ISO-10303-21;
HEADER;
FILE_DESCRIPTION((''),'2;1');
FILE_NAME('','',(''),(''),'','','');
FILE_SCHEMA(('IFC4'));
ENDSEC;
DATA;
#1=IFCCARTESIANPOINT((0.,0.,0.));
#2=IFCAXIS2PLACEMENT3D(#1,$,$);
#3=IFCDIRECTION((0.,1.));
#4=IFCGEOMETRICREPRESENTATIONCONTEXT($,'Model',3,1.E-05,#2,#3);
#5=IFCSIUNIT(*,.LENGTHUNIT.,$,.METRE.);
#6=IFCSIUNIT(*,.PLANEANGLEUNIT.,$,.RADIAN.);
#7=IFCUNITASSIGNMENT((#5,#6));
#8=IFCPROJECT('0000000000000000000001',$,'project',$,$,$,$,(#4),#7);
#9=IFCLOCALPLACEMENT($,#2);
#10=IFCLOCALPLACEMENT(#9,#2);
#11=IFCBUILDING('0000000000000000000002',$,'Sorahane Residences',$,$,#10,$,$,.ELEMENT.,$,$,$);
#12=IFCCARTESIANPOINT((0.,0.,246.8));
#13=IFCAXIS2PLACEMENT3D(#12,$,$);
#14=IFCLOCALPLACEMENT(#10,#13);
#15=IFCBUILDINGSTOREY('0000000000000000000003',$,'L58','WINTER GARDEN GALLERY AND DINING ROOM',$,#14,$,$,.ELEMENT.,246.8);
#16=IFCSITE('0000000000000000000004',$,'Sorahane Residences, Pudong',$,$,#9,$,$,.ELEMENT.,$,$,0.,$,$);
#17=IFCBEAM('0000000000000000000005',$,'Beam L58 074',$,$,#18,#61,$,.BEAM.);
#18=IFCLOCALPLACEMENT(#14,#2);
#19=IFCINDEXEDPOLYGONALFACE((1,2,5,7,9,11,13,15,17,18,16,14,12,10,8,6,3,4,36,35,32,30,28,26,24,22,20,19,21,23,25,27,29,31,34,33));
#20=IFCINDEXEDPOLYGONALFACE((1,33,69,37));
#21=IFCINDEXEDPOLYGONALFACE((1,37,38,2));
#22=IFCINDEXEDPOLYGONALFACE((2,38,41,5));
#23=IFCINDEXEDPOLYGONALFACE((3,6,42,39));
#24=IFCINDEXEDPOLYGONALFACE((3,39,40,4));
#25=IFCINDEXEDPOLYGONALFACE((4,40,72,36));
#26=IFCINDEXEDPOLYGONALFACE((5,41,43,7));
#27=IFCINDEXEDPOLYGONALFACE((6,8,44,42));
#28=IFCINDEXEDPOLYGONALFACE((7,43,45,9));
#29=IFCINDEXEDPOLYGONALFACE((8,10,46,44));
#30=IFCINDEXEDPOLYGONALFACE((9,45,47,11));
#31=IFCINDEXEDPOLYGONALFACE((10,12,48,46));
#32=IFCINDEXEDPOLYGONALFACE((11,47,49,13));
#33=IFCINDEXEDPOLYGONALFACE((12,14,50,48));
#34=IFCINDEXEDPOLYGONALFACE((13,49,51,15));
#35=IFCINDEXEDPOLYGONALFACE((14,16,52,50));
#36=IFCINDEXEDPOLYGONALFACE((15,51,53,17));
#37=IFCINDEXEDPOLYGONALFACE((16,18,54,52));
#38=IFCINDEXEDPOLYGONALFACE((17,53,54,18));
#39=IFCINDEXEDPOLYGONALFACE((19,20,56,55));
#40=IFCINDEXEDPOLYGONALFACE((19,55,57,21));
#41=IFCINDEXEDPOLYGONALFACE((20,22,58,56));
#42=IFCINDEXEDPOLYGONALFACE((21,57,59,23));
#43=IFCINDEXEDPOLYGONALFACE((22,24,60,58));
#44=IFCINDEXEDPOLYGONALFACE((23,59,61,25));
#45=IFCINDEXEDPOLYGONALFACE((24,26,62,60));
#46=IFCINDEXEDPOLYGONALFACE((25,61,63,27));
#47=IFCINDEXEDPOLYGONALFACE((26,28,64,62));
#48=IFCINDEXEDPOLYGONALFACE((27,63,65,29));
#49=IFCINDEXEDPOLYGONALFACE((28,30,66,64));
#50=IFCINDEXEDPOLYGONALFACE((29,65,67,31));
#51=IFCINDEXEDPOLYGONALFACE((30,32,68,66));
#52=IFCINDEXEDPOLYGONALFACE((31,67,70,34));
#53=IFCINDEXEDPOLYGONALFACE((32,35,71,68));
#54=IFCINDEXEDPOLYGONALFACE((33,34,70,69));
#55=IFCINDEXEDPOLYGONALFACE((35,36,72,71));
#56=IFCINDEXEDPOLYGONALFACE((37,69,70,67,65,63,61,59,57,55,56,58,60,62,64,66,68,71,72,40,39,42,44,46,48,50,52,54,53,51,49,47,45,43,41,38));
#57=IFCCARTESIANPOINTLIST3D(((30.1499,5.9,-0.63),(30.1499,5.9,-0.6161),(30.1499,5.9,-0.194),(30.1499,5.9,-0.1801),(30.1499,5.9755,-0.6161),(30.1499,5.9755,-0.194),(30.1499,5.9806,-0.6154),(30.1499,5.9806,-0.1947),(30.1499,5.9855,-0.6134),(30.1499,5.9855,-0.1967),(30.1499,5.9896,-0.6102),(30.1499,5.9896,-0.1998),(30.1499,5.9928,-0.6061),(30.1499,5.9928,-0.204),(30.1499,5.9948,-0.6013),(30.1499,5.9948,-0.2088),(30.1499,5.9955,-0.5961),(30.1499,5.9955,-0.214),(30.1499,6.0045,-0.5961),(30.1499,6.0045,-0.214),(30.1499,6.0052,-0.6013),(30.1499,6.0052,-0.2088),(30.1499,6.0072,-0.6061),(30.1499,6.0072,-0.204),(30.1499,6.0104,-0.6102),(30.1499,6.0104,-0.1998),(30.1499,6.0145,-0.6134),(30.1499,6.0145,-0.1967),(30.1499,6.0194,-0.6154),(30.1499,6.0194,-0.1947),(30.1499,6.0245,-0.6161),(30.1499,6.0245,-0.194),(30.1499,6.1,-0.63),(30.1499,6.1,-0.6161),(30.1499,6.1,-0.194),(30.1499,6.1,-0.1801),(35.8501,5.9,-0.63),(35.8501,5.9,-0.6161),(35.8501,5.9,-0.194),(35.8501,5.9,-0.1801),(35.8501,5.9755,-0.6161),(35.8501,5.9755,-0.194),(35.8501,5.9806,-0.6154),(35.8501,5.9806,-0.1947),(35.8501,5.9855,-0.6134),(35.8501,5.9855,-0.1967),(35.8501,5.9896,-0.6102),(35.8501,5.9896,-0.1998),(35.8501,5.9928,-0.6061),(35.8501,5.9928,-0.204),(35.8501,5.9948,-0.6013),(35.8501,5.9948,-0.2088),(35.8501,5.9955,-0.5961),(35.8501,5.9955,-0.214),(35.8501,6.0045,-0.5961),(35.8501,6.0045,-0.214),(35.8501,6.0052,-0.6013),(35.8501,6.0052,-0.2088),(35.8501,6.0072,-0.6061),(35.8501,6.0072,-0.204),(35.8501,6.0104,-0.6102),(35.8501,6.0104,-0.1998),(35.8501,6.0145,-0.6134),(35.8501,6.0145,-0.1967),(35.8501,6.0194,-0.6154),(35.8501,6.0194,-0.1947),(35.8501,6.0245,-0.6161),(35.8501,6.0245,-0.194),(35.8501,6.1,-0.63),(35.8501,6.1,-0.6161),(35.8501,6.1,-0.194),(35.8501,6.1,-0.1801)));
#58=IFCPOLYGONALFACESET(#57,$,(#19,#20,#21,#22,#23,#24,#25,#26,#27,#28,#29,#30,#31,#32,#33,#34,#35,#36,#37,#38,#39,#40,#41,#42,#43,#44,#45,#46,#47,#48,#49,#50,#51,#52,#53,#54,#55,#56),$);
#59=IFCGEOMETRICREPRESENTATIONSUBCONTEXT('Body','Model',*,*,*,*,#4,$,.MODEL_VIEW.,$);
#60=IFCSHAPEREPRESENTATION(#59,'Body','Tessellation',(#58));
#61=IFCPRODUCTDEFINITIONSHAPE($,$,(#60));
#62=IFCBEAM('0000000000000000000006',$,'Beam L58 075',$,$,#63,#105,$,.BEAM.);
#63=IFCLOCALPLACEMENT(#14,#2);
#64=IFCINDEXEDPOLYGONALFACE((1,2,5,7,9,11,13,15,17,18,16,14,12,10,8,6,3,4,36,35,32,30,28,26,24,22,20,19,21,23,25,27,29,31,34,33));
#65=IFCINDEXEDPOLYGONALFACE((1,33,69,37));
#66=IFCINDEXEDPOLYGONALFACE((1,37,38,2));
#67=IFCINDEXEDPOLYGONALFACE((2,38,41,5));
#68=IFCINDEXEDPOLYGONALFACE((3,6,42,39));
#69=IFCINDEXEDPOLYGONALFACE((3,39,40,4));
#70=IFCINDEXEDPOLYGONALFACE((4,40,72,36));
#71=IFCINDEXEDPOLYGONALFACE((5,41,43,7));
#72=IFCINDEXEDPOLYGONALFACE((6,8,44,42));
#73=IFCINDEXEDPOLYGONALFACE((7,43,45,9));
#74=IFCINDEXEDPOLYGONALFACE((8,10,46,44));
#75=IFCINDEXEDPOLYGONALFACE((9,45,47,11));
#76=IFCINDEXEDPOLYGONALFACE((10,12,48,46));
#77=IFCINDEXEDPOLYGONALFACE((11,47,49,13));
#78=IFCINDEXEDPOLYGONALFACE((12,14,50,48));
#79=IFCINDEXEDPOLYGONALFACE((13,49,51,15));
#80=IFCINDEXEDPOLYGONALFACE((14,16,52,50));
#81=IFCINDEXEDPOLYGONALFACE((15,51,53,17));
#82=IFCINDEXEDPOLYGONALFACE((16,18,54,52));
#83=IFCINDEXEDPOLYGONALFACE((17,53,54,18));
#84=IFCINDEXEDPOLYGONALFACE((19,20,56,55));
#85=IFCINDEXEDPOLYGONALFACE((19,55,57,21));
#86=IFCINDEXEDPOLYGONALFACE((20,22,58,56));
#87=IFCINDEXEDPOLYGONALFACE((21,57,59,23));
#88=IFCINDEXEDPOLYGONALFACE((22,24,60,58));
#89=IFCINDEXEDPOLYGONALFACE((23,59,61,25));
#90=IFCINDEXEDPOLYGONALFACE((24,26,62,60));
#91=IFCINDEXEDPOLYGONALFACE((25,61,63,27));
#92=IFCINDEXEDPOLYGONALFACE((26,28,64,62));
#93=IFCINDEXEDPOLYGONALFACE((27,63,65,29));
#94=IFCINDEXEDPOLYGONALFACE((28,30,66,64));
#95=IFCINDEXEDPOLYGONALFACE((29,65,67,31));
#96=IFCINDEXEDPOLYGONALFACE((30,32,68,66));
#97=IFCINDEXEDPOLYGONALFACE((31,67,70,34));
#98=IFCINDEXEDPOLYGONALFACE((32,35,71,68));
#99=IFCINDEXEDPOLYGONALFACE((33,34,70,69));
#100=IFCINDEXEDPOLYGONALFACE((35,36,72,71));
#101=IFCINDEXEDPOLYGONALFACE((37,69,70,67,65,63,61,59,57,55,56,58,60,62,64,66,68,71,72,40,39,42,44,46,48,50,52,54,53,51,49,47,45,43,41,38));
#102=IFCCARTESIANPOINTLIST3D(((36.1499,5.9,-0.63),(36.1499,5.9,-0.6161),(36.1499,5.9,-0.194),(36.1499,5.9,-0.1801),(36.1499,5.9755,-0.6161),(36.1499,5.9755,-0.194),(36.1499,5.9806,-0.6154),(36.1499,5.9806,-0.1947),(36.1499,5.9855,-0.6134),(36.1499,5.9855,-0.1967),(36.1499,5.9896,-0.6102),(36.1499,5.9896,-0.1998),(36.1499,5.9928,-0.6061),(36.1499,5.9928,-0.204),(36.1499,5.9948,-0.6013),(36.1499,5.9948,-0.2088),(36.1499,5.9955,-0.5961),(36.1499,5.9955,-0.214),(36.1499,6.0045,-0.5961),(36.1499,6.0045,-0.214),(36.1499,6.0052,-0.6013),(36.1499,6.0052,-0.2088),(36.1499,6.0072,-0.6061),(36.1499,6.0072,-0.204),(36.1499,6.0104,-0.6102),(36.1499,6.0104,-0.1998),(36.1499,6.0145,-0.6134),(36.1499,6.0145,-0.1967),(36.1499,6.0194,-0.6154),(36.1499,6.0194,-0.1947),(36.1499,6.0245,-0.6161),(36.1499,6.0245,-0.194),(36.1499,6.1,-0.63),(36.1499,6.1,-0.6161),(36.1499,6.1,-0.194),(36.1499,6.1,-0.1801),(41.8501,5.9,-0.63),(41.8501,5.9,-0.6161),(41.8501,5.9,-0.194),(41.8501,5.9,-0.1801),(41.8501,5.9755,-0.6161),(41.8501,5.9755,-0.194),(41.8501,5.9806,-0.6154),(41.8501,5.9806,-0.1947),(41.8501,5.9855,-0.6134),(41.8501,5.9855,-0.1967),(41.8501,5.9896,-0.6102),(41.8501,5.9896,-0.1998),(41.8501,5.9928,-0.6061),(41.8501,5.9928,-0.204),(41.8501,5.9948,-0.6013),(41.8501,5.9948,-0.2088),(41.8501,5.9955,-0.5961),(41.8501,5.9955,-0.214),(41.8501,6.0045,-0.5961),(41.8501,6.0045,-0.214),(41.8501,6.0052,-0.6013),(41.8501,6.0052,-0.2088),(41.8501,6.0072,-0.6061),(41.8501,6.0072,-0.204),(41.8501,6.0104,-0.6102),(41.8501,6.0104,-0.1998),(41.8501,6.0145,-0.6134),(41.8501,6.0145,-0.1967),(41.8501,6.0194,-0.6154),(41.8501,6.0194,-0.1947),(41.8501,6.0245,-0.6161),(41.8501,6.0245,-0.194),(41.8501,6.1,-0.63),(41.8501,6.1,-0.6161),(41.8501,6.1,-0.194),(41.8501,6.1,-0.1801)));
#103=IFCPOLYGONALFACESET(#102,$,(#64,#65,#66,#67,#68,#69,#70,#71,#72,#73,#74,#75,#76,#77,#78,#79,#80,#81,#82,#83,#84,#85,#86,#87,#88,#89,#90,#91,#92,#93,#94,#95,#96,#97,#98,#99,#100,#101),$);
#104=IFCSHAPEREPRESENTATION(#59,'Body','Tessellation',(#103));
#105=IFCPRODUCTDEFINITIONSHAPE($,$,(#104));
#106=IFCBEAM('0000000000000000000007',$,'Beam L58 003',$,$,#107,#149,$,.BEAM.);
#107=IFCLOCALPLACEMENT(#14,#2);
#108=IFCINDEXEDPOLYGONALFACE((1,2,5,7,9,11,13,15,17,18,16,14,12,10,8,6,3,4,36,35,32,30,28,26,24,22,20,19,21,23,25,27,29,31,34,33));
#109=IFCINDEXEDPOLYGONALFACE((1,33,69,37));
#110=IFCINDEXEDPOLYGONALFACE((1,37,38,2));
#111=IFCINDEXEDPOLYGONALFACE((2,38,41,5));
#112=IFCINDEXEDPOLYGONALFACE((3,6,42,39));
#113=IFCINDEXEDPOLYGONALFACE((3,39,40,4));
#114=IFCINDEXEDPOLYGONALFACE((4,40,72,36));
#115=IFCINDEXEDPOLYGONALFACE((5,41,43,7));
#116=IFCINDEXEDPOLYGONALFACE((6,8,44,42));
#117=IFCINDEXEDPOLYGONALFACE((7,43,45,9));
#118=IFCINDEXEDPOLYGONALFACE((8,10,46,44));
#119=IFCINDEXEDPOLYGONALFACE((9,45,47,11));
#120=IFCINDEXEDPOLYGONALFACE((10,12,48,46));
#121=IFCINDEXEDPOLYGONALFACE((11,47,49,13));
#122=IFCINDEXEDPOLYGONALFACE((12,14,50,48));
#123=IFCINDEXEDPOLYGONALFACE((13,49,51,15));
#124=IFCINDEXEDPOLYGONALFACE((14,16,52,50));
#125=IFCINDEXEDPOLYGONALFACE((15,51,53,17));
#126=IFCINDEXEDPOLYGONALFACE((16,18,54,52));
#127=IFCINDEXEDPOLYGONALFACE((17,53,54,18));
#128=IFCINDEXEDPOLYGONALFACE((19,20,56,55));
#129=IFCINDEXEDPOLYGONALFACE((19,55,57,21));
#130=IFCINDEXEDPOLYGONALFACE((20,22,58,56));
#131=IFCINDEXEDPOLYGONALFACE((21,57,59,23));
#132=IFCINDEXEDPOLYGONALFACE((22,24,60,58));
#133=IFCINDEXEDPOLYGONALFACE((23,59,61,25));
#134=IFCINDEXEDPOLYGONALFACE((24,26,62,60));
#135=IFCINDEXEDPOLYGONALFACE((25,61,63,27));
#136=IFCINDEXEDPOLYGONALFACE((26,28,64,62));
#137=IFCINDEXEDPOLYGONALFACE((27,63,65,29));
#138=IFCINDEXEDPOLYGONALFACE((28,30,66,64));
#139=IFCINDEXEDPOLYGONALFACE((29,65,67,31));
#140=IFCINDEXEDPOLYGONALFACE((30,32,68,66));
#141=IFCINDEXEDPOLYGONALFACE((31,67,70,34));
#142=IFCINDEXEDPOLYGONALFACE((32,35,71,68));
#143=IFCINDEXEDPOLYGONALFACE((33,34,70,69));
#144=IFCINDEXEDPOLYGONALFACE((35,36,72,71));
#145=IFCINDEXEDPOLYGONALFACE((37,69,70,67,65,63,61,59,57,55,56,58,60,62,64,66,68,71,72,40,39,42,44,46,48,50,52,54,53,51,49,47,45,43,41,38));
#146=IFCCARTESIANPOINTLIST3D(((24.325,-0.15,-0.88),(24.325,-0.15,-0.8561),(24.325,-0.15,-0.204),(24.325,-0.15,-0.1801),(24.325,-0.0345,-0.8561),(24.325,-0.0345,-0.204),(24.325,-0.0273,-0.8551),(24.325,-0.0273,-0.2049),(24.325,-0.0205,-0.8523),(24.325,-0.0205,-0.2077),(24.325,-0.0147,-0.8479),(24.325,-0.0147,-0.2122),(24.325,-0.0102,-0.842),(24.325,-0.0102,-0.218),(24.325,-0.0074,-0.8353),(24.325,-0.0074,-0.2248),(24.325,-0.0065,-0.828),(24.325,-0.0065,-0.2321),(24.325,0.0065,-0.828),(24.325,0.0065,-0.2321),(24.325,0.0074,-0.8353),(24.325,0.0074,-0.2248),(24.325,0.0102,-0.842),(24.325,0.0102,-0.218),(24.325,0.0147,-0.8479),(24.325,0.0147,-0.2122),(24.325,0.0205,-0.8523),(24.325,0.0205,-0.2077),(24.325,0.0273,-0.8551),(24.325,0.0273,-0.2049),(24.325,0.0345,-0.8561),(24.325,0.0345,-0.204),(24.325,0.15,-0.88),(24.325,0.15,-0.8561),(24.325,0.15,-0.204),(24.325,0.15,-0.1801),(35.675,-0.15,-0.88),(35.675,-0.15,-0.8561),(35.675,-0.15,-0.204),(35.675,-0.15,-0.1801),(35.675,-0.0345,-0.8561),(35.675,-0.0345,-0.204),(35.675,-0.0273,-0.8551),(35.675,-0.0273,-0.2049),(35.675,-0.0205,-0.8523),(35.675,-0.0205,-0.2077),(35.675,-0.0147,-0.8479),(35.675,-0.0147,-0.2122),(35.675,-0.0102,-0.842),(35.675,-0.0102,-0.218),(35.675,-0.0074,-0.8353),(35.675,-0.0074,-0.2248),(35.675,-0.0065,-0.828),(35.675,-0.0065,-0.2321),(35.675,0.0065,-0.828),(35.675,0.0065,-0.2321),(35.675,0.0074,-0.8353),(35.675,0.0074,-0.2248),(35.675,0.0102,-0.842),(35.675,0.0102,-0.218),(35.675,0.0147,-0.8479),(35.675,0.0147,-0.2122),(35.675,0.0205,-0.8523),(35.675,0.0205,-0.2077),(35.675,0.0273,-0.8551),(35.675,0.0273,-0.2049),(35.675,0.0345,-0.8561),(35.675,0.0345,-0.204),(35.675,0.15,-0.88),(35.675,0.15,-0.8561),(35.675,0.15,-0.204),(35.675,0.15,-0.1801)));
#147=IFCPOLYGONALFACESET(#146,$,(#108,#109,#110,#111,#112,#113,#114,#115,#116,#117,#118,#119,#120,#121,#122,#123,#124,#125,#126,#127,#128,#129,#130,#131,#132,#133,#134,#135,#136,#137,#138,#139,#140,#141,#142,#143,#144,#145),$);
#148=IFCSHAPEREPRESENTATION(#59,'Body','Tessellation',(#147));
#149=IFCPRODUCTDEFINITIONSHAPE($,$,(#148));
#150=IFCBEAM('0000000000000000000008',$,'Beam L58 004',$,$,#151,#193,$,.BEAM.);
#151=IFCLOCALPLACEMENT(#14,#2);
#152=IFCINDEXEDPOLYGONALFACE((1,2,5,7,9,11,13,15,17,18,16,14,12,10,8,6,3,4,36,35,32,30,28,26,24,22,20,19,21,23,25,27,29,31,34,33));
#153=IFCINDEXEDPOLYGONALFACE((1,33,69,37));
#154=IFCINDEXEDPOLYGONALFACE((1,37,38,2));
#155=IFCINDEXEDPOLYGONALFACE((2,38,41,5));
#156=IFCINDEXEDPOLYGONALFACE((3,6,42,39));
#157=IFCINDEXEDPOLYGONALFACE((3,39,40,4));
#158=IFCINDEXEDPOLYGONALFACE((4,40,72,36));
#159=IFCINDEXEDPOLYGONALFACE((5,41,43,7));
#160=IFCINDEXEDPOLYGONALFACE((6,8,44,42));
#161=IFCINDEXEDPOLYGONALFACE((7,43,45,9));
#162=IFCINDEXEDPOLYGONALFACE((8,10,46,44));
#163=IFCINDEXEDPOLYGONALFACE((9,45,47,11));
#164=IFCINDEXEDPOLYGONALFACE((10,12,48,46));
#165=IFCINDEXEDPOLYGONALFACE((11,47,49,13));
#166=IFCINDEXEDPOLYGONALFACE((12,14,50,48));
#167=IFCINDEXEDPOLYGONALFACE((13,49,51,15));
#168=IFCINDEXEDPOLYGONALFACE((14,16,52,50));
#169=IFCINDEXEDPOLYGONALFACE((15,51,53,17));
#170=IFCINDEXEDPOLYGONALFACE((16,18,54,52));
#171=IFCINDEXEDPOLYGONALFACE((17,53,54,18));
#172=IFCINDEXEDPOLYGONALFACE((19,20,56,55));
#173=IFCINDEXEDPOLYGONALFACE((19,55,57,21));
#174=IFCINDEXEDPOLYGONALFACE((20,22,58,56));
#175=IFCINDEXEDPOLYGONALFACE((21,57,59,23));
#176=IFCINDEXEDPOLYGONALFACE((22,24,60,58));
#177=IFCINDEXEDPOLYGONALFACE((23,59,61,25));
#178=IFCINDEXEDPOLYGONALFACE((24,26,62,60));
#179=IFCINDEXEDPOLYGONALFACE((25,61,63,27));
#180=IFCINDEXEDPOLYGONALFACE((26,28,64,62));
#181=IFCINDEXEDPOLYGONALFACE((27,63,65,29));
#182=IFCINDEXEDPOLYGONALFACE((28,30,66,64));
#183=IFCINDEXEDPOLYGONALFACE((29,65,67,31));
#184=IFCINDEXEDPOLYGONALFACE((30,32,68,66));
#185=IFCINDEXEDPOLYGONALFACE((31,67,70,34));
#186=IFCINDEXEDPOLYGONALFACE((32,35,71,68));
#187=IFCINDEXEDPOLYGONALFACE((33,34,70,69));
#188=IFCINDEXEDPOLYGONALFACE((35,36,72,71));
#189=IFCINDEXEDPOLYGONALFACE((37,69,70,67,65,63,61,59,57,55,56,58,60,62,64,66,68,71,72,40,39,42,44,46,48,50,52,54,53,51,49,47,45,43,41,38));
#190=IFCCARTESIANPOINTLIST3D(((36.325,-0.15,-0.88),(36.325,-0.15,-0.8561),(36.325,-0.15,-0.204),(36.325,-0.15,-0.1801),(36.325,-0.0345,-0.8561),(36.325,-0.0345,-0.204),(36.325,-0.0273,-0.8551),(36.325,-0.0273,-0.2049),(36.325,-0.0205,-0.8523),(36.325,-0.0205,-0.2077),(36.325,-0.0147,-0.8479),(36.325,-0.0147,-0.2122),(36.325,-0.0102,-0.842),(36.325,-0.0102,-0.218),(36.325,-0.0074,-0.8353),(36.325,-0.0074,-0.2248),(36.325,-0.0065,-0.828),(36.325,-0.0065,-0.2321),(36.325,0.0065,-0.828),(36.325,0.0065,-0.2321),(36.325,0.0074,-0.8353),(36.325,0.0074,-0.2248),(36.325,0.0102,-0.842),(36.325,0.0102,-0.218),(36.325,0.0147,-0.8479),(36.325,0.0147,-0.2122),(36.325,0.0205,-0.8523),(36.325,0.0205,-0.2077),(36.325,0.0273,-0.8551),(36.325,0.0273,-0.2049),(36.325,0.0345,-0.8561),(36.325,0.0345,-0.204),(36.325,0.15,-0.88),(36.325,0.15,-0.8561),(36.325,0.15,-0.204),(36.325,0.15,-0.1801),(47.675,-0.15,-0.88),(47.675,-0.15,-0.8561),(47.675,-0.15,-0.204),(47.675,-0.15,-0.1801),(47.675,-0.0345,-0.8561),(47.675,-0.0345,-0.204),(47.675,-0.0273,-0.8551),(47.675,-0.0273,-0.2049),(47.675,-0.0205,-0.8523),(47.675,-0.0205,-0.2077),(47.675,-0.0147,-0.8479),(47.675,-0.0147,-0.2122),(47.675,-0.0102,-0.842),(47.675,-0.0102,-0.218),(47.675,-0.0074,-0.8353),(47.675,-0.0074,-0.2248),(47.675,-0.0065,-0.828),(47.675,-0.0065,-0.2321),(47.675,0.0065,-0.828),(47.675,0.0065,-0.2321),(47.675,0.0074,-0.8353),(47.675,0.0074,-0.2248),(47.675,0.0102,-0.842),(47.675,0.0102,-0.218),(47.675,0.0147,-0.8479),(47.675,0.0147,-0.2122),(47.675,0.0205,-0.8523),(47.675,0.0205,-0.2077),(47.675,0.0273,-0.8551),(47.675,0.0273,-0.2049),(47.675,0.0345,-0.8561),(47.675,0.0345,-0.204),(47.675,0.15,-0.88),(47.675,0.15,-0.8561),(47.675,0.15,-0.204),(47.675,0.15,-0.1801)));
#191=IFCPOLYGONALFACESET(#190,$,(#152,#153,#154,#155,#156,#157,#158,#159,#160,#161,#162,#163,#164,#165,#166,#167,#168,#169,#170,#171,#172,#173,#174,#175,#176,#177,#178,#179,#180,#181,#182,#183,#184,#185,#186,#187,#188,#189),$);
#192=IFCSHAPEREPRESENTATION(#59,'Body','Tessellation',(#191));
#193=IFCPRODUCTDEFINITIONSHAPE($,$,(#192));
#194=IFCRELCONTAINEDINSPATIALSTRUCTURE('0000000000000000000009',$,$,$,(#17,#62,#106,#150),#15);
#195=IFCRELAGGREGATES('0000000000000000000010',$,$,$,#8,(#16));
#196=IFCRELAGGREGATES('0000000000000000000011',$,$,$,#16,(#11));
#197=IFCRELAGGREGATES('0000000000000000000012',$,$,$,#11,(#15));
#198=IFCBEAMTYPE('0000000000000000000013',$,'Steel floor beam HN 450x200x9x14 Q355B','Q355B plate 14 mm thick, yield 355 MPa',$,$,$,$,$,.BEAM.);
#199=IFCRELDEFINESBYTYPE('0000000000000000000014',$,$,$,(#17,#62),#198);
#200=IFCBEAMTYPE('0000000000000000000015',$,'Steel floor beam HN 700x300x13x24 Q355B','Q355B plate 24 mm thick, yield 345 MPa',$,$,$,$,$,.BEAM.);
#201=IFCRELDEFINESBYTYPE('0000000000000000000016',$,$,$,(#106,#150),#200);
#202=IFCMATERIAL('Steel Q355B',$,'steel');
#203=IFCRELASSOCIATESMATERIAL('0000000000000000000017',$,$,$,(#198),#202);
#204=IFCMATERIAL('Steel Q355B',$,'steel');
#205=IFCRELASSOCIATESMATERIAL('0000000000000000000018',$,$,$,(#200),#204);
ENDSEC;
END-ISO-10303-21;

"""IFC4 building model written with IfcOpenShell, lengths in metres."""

from ifc_helpers import new_model, si_unit, direction, frame, origin, origin_2d, place, context, subcontext, project, spatial, i_section, extrude, material, material_profile, profile_set, type_object, element, save


model = new_model("IFC4")

# Units and contexts
model_context = context("Model", 3, precision=1e-05, world=origin(), true_north=direction((0.0, 1.0)))
body_context = subcontext(model_context, "Body", "Model", "MODEL_VIEW")
ifc_project = project(units=[si_unit("LENGTHUNIT", "METRE"), si_unit("PLANEANGLEUNIT", "RADIAN")], contexts=[model_context])

# Site, building, storey
site_placement = place(None, origin())
site = spatial("IfcSite", under=ifc_project, at=site_placement, Name="Sorahane Residences, Pudong", CompositionType="ELEMENT", RefElevation=0.0)
building_placement = place(site_placement, origin())
building = spatial("IfcBuilding", under=site, at=building_placement, Name="Sorahane Residences", CompositionType="ELEMENT")
storey_placement = place(building_placement, frame((0.0, 0.0, 246.8)))
storey = spatial("IfcBuildingStorey", under=building, at=storey_placement, Name="L58", Description="WINTER GARDEN GALLERY AND DINING ROOM", CompositionType="ELEMENT", Elevation=246.8)

# Beams
ifc_material_1 = material(Name="Steel Q355B", Category="steel")
ifc_material_profile_1 = material_profile(ifc_material_1, i_section(OverallWidth=0.2, OverallDepth=0.45, WebThickness=0.009, FlangeThickness=0.0139, FilletRadius=0.02, at=origin_2d()), Name="HN 450x200x9x14")
ifc_profile_set_1 = profile_set([ifc_material_profile_1], Name="Steel Q355B")
beam_type_1 = type_object("IfcBeamType", Name="Steel floor beam HN 450x200x9x14 Q355B", Description="Q355B plate 14 mm thick, yield 355 MPa", PredefinedType="BEAM", material=ifc_profile_set_1)
for number, where, z_axis, x_axis, name in (
    (1, (30.1499, 6.0, -0.405), (1.0, 0.0, 0.0), (0.0, 1.0, 0.0), "Beam L58 074"),
    (2, (36.1499, 6.0, -0.405), (1.0, 0.0, 0.0), (0.0, 1.0, 0.0), "Beam L58 075"),
):
    element("IfcBeam", number, at=place(storey_placement, frame(where, z_axis=z_axis, x_axis=x_axis)), inside=storey, type_object=beam_type_1, Name=name, PredefinedType="BEAM", context=body_context, shape_type="SweptSolid", body=[
        extrude(i_section(OverallWidth=0.2, OverallDepth=0.45, WebThickness=0.009, FlangeThickness=0.0139, FilletRadius=0.02, at=origin_2d()), origin(), (0.0, 0.0, 1.0), 5.7002),
    ])
ifc_material_2 = material(Name="Steel Q355B", Category="steel")
ifc_material_profile_2 = material_profile(ifc_material_2, i_section(OverallWidth=0.3, OverallDepth=0.7, WebThickness=0.0129, FlangeThickness=0.0239, FilletRadius=0.0281, at=origin_2d()), Name="HN 700x300x13x24")
ifc_profile_set_2 = profile_set([ifc_material_profile_2], Name="Steel Q355B")
beam_type_2 = type_object("IfcBeamType", Name="Steel floor beam HN 700x300x13x24 Q355B", Description="Q355B plate 24 mm thick, yield 345 MPa", PredefinedType="BEAM", material=ifc_profile_set_2)
for number, where, z_axis, x_axis, name in (
    (3, (24.325, 0.0, -0.53), (1.0, 0.0, 0.0), (0.0, 1.0, 0.0), "Beam L58 003"),
    (4, (36.325, 0.0, -0.53), (1.0, 0.0, 0.0), (0.0, 1.0, 0.0), "Beam L58 004"),
):
    element("IfcBeam", number, at=place(storey_placement, frame(where, z_axis=z_axis, x_axis=x_axis)), inside=storey, type_object=beam_type_2, Name=name, PredefinedType="BEAM", context=body_context, shape_type="SweptSolid", body=[
        extrude(i_section(OverallWidth=0.3, OverallDepth=0.7, WebThickness=0.0129, FlangeThickness=0.0239, FilletRadius=0.0281, at=origin_2d()), origin(), (0.0, 0.0, 1.0), 11.3501),
    ])

save(model, "model.ifc")
